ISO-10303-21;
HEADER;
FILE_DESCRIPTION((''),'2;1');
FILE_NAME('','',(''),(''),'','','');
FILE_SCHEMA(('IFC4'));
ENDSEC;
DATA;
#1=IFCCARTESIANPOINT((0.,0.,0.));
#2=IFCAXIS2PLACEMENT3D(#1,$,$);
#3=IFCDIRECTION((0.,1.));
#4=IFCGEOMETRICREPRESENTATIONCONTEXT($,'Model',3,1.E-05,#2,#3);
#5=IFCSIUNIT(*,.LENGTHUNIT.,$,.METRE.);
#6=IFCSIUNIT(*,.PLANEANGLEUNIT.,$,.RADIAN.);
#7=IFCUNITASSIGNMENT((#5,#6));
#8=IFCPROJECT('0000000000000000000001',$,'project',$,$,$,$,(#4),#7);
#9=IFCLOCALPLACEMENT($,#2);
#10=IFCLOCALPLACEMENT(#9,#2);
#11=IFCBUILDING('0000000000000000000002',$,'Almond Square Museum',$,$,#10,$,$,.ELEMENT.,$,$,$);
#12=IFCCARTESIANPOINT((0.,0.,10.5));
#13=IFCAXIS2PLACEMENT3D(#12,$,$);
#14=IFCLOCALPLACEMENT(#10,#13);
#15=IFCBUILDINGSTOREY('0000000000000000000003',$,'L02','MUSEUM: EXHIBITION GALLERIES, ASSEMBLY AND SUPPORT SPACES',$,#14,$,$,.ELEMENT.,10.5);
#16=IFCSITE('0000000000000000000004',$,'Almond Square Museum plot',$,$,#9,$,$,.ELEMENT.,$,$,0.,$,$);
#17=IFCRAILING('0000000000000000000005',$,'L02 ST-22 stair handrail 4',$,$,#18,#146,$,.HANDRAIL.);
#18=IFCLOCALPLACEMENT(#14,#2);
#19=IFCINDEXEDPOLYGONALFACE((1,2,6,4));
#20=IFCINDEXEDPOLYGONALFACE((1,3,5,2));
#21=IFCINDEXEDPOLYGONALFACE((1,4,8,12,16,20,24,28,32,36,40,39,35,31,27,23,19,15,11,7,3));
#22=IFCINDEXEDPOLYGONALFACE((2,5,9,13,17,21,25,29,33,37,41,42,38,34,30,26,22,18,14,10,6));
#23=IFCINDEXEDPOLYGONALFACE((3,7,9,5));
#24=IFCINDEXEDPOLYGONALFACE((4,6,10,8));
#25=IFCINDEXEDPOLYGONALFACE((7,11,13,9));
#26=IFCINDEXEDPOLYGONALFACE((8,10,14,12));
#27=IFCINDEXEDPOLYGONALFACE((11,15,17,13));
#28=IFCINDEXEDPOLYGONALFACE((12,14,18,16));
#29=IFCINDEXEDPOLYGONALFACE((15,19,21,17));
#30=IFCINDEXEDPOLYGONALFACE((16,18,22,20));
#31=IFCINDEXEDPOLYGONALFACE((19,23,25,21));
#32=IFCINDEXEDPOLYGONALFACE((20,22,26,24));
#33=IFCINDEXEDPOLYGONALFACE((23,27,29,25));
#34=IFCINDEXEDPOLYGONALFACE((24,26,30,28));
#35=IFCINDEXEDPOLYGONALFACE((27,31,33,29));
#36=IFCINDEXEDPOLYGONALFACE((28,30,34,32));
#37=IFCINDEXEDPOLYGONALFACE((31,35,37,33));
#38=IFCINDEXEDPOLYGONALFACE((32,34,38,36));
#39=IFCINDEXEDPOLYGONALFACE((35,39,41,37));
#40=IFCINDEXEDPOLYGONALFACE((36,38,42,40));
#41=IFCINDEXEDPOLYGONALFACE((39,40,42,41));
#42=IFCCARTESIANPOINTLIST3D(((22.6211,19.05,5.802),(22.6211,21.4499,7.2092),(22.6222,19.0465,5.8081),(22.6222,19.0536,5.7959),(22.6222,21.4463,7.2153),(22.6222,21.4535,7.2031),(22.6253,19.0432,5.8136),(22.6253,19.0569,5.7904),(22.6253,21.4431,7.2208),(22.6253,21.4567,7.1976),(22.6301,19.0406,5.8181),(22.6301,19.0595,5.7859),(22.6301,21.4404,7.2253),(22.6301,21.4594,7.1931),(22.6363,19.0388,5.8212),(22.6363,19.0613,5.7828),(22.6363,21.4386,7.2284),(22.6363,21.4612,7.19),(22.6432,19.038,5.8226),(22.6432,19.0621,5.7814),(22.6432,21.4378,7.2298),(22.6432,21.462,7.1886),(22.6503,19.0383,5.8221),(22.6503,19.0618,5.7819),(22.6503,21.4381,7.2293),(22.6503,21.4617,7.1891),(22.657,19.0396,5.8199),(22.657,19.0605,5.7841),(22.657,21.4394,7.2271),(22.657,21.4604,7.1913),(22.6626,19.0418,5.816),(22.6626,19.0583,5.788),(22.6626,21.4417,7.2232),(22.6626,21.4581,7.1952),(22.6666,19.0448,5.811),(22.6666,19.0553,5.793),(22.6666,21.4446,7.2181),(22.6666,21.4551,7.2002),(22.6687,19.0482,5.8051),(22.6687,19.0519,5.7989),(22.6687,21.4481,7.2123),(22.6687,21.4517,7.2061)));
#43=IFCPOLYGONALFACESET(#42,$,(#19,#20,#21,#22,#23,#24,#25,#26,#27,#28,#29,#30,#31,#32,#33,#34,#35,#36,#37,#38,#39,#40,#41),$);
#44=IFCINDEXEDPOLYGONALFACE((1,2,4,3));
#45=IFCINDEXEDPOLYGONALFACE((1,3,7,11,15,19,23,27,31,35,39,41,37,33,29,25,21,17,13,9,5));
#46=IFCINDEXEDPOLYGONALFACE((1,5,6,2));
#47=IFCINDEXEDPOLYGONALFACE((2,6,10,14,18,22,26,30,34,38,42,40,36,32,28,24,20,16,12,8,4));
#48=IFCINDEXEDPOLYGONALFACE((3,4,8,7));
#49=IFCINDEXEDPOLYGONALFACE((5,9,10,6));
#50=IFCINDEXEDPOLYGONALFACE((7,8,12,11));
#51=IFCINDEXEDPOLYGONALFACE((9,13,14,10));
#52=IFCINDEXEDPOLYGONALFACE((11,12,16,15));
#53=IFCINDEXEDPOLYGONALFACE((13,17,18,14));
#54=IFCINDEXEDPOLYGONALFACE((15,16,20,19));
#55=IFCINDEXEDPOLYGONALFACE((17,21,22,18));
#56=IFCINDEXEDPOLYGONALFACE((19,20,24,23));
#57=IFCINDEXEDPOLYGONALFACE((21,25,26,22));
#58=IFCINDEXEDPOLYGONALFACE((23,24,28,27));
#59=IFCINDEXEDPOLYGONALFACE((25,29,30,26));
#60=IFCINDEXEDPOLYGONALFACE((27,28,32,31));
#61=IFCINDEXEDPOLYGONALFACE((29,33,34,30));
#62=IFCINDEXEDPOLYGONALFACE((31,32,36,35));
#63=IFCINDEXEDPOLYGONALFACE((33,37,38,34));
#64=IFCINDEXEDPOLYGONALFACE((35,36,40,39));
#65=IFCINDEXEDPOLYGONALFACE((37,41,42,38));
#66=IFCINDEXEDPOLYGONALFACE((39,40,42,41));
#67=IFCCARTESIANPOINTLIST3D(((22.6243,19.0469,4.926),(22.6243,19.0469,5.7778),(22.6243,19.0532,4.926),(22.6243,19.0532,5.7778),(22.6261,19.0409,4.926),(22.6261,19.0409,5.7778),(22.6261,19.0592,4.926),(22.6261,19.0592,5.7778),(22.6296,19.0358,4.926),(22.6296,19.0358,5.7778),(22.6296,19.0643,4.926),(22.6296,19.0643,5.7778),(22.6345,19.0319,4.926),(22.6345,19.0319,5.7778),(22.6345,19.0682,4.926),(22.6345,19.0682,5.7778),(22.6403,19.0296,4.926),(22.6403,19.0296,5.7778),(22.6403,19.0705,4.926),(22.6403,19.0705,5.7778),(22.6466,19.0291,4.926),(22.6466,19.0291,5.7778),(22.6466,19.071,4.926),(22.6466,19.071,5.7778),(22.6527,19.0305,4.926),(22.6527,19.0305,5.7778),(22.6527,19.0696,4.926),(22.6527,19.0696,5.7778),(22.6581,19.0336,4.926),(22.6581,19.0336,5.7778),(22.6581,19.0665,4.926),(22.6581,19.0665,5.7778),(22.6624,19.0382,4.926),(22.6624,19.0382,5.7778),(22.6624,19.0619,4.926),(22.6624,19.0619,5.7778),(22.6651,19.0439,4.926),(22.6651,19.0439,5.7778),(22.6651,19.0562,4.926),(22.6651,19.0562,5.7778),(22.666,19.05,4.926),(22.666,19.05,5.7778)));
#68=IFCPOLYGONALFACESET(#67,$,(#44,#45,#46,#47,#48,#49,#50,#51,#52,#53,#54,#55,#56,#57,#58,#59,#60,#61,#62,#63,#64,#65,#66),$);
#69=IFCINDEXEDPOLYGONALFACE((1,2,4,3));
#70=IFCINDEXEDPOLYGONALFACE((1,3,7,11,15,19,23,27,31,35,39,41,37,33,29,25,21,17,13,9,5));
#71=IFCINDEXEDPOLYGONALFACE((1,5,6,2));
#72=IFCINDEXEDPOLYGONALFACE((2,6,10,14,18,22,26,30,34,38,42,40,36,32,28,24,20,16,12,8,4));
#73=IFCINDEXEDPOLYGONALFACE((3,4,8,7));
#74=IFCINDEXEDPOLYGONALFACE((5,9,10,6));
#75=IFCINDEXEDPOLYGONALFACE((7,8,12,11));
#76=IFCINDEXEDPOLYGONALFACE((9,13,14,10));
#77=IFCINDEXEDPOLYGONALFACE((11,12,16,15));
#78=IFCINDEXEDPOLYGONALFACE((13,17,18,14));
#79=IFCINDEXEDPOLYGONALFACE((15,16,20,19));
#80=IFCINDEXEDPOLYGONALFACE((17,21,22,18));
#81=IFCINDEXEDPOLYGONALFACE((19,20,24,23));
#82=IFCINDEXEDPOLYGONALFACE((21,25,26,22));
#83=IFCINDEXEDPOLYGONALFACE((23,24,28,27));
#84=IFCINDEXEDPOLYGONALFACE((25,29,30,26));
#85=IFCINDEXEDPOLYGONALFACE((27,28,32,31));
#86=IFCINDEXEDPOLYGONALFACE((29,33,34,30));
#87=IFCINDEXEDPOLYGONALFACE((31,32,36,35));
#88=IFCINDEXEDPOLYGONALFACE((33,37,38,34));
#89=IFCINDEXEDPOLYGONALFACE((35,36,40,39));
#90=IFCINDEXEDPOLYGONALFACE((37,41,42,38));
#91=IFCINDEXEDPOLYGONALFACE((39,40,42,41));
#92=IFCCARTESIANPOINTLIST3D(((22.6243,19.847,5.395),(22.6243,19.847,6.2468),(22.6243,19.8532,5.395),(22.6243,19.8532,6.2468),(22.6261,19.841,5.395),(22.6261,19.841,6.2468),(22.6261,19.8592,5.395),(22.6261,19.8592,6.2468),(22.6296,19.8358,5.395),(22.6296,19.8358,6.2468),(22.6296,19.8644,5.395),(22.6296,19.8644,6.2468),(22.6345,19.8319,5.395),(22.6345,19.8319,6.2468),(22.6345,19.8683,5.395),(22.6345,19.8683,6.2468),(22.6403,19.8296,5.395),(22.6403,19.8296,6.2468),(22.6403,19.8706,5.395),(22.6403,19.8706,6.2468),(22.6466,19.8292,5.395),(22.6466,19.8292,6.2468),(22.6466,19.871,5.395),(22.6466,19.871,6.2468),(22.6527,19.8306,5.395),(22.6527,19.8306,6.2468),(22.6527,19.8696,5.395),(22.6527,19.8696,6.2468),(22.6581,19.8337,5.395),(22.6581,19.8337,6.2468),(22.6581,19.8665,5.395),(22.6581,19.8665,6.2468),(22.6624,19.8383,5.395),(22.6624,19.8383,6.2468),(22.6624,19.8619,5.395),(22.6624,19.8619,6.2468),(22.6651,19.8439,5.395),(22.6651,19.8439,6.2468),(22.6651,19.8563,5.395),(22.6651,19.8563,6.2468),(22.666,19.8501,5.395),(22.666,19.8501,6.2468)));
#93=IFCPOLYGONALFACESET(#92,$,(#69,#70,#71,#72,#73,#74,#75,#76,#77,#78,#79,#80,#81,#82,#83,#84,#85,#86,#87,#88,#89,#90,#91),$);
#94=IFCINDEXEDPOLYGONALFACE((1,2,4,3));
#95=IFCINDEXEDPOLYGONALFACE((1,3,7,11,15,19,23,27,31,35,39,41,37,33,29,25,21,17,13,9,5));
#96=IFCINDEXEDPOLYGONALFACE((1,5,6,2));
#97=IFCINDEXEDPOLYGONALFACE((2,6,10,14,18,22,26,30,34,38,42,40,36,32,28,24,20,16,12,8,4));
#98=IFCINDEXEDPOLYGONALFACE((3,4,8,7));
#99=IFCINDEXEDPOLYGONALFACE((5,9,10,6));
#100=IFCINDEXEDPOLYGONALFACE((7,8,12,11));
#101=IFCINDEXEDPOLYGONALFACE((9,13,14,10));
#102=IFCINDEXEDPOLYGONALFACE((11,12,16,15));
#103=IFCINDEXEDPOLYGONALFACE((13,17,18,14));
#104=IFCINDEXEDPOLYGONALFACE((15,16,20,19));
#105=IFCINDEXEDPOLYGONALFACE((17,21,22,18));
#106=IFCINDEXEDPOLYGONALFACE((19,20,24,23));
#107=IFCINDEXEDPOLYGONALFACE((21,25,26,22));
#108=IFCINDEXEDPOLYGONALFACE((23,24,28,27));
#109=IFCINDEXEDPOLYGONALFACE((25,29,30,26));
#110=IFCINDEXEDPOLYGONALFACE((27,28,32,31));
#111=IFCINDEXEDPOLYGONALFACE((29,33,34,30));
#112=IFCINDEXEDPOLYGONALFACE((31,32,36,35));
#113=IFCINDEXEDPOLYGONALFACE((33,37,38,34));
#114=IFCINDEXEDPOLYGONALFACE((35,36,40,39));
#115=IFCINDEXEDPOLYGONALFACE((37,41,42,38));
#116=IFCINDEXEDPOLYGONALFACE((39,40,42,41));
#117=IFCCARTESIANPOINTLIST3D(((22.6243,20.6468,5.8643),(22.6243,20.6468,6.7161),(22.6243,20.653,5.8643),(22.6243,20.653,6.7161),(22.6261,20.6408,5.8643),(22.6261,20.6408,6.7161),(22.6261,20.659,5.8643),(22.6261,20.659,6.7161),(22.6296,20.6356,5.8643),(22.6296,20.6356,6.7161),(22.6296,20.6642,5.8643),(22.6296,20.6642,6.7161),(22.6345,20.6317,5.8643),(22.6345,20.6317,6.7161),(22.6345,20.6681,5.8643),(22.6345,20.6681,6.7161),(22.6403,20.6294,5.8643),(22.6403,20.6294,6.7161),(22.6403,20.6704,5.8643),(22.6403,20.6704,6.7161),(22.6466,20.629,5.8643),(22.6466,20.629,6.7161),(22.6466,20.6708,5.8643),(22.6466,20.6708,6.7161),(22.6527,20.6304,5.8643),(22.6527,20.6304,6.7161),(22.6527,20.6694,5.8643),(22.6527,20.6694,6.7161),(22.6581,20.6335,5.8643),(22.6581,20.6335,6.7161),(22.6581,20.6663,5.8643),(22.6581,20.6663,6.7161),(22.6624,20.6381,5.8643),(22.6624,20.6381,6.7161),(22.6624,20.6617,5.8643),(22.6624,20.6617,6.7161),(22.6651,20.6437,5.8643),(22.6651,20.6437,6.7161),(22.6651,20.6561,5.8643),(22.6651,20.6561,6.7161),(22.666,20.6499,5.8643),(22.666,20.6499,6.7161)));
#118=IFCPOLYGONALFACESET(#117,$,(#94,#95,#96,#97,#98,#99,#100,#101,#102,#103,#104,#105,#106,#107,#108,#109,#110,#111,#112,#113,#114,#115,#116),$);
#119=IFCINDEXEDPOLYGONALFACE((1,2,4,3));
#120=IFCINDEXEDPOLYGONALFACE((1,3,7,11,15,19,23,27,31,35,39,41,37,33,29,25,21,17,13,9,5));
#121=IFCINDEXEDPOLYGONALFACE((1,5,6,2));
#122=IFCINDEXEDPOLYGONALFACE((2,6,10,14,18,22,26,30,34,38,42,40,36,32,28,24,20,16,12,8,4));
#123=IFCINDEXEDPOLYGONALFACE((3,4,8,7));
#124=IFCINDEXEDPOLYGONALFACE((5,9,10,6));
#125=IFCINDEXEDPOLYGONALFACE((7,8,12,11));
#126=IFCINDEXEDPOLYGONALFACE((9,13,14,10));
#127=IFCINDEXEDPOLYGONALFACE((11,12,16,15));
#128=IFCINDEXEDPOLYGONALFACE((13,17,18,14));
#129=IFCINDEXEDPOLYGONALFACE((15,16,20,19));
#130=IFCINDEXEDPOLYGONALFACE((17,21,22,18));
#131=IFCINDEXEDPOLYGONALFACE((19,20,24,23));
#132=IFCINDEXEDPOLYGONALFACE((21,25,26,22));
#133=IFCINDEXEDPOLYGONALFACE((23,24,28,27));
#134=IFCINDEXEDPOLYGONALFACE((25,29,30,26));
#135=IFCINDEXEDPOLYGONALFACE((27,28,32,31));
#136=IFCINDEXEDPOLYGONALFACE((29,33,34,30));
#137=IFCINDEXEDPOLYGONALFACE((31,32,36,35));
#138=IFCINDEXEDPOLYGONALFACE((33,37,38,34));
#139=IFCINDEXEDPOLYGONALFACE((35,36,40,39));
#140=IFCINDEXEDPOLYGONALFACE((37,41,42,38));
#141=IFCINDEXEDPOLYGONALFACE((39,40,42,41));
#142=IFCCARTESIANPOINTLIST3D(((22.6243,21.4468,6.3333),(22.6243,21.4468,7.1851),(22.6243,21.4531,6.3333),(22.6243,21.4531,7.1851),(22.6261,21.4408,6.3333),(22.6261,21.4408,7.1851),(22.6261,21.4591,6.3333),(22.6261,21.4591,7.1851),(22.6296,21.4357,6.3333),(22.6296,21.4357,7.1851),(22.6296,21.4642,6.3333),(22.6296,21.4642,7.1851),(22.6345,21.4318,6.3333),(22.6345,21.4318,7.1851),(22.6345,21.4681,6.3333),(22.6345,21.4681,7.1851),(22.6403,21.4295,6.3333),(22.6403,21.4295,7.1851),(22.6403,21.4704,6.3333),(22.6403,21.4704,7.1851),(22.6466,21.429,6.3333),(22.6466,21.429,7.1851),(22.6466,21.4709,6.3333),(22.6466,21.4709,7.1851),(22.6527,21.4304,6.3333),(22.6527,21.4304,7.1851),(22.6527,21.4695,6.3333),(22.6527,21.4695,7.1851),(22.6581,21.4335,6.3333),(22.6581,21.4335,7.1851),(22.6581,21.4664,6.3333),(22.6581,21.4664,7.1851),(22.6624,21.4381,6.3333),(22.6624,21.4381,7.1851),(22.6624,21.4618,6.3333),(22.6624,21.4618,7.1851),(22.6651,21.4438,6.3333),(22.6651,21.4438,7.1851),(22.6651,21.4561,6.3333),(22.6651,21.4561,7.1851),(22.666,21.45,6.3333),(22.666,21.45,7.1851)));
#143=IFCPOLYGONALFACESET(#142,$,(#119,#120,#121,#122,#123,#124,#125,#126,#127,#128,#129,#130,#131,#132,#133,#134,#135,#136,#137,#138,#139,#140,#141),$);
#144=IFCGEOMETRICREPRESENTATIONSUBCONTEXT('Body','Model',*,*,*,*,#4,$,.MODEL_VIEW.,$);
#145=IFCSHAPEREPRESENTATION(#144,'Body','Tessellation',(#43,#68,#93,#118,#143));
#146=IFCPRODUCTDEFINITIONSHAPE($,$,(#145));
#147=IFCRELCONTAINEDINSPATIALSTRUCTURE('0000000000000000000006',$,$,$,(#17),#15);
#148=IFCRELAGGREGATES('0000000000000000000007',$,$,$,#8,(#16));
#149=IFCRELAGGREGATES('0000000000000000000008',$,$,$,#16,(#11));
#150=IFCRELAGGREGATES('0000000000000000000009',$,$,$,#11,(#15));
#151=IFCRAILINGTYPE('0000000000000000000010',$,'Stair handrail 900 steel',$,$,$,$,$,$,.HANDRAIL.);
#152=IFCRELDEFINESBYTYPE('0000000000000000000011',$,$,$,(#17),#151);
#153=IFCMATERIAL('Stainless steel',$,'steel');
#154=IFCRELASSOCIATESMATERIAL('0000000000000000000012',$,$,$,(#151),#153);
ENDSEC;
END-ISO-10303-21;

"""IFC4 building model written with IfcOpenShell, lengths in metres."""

from ifc_helpers import new_model, si_unit, direction, frame, origin, origin_2d, place, context, subcontext, project, spatial, circle, extrude, material, type_object, element, save


model = new_model("IFC4")

# Units and contexts
model_context = context("Model", 3, precision=1e-05, world=origin(), true_north=direction((0.0, 1.0)))
body_context = subcontext(model_context, "Body", "Model", "MODEL_VIEW")
ifc_project = project(units=[si_unit("LENGTHUNIT", "METRE"), si_unit("PLANEANGLEUNIT", "RADIAN")], contexts=[model_context])

# Site, building, storey
site_placement = place(None, origin())
site = spatial("IfcSite", under=ifc_project, at=site_placement, Name="Almond Square Museum plot", CompositionType="ELEMENT", RefElevation=0.0)
building_placement = place(site_placement, origin())
building = spatial("IfcBuilding", under=site, at=building_placement, Name="Almond Square Museum", CompositionType="ELEMENT")
storey_placement = place(building_placement, frame((0.0, 0.0, 10.5)))
storey = spatial("IfcBuildingStorey", under=building, at=storey_placement, Name="L02", Description="MUSEUM: EXHIBITION GALLERIES, ASSEMBLY AND SUPPORT SPACES", CompositionType="ELEMENT", Elevation=10.5)

# Railing
ifc_material_1 = material(Name="Stainless steel", Category="steel")
railing_type_1 = type_object("IfcRailingType", Name="Stair handrail 900 steel", PredefinedType="HANDRAIL", material=ifc_material_1)
railing_1_placement = place(storey_placement, frame((22.645, 19.05, 4.926)))
element("IfcRailing", 1, at=railing_1_placement, inside=storey, type_object=railing_type_1, Name="L02 ST-22 stair handrail 4", PredefinedType="HANDRAIL", context=body_context, shape_type="SweptSolid", body=[
    extrude(circle(Radius=0.0239, at=origin_2d()), frame((0.0, 0.0, 0.876), z_axis=(0.0, 0.862637, 0.505823), x_axis=(-1.0, 0.0, 0.0)), (0.0, 0.0, 1.0), 2.782),
    extrude(circle(Radius=0.021, at=origin_2d()), origin(), (0.0, 0.0, 1.0), 0.8518),
    extrude(circle(Radius=0.021, at=origin_2d()), frame((0.0, 0.8, 0.469)), (0.0, 0.0, 1.0), 0.8518),
    extrude(circle(Radius=0.021, at=origin_2d()), frame((0.0, 1.5999, 0.9382)), (0.0, 0.0, 1.0), 0.8518),
    extrude(circle(Radius=0.021, at=origin_2d()), frame((0.0, 2.3999, 1.4072)), (0.0, 0.0, 1.0), 0.8518),
])

save(model, "model.ifc")
